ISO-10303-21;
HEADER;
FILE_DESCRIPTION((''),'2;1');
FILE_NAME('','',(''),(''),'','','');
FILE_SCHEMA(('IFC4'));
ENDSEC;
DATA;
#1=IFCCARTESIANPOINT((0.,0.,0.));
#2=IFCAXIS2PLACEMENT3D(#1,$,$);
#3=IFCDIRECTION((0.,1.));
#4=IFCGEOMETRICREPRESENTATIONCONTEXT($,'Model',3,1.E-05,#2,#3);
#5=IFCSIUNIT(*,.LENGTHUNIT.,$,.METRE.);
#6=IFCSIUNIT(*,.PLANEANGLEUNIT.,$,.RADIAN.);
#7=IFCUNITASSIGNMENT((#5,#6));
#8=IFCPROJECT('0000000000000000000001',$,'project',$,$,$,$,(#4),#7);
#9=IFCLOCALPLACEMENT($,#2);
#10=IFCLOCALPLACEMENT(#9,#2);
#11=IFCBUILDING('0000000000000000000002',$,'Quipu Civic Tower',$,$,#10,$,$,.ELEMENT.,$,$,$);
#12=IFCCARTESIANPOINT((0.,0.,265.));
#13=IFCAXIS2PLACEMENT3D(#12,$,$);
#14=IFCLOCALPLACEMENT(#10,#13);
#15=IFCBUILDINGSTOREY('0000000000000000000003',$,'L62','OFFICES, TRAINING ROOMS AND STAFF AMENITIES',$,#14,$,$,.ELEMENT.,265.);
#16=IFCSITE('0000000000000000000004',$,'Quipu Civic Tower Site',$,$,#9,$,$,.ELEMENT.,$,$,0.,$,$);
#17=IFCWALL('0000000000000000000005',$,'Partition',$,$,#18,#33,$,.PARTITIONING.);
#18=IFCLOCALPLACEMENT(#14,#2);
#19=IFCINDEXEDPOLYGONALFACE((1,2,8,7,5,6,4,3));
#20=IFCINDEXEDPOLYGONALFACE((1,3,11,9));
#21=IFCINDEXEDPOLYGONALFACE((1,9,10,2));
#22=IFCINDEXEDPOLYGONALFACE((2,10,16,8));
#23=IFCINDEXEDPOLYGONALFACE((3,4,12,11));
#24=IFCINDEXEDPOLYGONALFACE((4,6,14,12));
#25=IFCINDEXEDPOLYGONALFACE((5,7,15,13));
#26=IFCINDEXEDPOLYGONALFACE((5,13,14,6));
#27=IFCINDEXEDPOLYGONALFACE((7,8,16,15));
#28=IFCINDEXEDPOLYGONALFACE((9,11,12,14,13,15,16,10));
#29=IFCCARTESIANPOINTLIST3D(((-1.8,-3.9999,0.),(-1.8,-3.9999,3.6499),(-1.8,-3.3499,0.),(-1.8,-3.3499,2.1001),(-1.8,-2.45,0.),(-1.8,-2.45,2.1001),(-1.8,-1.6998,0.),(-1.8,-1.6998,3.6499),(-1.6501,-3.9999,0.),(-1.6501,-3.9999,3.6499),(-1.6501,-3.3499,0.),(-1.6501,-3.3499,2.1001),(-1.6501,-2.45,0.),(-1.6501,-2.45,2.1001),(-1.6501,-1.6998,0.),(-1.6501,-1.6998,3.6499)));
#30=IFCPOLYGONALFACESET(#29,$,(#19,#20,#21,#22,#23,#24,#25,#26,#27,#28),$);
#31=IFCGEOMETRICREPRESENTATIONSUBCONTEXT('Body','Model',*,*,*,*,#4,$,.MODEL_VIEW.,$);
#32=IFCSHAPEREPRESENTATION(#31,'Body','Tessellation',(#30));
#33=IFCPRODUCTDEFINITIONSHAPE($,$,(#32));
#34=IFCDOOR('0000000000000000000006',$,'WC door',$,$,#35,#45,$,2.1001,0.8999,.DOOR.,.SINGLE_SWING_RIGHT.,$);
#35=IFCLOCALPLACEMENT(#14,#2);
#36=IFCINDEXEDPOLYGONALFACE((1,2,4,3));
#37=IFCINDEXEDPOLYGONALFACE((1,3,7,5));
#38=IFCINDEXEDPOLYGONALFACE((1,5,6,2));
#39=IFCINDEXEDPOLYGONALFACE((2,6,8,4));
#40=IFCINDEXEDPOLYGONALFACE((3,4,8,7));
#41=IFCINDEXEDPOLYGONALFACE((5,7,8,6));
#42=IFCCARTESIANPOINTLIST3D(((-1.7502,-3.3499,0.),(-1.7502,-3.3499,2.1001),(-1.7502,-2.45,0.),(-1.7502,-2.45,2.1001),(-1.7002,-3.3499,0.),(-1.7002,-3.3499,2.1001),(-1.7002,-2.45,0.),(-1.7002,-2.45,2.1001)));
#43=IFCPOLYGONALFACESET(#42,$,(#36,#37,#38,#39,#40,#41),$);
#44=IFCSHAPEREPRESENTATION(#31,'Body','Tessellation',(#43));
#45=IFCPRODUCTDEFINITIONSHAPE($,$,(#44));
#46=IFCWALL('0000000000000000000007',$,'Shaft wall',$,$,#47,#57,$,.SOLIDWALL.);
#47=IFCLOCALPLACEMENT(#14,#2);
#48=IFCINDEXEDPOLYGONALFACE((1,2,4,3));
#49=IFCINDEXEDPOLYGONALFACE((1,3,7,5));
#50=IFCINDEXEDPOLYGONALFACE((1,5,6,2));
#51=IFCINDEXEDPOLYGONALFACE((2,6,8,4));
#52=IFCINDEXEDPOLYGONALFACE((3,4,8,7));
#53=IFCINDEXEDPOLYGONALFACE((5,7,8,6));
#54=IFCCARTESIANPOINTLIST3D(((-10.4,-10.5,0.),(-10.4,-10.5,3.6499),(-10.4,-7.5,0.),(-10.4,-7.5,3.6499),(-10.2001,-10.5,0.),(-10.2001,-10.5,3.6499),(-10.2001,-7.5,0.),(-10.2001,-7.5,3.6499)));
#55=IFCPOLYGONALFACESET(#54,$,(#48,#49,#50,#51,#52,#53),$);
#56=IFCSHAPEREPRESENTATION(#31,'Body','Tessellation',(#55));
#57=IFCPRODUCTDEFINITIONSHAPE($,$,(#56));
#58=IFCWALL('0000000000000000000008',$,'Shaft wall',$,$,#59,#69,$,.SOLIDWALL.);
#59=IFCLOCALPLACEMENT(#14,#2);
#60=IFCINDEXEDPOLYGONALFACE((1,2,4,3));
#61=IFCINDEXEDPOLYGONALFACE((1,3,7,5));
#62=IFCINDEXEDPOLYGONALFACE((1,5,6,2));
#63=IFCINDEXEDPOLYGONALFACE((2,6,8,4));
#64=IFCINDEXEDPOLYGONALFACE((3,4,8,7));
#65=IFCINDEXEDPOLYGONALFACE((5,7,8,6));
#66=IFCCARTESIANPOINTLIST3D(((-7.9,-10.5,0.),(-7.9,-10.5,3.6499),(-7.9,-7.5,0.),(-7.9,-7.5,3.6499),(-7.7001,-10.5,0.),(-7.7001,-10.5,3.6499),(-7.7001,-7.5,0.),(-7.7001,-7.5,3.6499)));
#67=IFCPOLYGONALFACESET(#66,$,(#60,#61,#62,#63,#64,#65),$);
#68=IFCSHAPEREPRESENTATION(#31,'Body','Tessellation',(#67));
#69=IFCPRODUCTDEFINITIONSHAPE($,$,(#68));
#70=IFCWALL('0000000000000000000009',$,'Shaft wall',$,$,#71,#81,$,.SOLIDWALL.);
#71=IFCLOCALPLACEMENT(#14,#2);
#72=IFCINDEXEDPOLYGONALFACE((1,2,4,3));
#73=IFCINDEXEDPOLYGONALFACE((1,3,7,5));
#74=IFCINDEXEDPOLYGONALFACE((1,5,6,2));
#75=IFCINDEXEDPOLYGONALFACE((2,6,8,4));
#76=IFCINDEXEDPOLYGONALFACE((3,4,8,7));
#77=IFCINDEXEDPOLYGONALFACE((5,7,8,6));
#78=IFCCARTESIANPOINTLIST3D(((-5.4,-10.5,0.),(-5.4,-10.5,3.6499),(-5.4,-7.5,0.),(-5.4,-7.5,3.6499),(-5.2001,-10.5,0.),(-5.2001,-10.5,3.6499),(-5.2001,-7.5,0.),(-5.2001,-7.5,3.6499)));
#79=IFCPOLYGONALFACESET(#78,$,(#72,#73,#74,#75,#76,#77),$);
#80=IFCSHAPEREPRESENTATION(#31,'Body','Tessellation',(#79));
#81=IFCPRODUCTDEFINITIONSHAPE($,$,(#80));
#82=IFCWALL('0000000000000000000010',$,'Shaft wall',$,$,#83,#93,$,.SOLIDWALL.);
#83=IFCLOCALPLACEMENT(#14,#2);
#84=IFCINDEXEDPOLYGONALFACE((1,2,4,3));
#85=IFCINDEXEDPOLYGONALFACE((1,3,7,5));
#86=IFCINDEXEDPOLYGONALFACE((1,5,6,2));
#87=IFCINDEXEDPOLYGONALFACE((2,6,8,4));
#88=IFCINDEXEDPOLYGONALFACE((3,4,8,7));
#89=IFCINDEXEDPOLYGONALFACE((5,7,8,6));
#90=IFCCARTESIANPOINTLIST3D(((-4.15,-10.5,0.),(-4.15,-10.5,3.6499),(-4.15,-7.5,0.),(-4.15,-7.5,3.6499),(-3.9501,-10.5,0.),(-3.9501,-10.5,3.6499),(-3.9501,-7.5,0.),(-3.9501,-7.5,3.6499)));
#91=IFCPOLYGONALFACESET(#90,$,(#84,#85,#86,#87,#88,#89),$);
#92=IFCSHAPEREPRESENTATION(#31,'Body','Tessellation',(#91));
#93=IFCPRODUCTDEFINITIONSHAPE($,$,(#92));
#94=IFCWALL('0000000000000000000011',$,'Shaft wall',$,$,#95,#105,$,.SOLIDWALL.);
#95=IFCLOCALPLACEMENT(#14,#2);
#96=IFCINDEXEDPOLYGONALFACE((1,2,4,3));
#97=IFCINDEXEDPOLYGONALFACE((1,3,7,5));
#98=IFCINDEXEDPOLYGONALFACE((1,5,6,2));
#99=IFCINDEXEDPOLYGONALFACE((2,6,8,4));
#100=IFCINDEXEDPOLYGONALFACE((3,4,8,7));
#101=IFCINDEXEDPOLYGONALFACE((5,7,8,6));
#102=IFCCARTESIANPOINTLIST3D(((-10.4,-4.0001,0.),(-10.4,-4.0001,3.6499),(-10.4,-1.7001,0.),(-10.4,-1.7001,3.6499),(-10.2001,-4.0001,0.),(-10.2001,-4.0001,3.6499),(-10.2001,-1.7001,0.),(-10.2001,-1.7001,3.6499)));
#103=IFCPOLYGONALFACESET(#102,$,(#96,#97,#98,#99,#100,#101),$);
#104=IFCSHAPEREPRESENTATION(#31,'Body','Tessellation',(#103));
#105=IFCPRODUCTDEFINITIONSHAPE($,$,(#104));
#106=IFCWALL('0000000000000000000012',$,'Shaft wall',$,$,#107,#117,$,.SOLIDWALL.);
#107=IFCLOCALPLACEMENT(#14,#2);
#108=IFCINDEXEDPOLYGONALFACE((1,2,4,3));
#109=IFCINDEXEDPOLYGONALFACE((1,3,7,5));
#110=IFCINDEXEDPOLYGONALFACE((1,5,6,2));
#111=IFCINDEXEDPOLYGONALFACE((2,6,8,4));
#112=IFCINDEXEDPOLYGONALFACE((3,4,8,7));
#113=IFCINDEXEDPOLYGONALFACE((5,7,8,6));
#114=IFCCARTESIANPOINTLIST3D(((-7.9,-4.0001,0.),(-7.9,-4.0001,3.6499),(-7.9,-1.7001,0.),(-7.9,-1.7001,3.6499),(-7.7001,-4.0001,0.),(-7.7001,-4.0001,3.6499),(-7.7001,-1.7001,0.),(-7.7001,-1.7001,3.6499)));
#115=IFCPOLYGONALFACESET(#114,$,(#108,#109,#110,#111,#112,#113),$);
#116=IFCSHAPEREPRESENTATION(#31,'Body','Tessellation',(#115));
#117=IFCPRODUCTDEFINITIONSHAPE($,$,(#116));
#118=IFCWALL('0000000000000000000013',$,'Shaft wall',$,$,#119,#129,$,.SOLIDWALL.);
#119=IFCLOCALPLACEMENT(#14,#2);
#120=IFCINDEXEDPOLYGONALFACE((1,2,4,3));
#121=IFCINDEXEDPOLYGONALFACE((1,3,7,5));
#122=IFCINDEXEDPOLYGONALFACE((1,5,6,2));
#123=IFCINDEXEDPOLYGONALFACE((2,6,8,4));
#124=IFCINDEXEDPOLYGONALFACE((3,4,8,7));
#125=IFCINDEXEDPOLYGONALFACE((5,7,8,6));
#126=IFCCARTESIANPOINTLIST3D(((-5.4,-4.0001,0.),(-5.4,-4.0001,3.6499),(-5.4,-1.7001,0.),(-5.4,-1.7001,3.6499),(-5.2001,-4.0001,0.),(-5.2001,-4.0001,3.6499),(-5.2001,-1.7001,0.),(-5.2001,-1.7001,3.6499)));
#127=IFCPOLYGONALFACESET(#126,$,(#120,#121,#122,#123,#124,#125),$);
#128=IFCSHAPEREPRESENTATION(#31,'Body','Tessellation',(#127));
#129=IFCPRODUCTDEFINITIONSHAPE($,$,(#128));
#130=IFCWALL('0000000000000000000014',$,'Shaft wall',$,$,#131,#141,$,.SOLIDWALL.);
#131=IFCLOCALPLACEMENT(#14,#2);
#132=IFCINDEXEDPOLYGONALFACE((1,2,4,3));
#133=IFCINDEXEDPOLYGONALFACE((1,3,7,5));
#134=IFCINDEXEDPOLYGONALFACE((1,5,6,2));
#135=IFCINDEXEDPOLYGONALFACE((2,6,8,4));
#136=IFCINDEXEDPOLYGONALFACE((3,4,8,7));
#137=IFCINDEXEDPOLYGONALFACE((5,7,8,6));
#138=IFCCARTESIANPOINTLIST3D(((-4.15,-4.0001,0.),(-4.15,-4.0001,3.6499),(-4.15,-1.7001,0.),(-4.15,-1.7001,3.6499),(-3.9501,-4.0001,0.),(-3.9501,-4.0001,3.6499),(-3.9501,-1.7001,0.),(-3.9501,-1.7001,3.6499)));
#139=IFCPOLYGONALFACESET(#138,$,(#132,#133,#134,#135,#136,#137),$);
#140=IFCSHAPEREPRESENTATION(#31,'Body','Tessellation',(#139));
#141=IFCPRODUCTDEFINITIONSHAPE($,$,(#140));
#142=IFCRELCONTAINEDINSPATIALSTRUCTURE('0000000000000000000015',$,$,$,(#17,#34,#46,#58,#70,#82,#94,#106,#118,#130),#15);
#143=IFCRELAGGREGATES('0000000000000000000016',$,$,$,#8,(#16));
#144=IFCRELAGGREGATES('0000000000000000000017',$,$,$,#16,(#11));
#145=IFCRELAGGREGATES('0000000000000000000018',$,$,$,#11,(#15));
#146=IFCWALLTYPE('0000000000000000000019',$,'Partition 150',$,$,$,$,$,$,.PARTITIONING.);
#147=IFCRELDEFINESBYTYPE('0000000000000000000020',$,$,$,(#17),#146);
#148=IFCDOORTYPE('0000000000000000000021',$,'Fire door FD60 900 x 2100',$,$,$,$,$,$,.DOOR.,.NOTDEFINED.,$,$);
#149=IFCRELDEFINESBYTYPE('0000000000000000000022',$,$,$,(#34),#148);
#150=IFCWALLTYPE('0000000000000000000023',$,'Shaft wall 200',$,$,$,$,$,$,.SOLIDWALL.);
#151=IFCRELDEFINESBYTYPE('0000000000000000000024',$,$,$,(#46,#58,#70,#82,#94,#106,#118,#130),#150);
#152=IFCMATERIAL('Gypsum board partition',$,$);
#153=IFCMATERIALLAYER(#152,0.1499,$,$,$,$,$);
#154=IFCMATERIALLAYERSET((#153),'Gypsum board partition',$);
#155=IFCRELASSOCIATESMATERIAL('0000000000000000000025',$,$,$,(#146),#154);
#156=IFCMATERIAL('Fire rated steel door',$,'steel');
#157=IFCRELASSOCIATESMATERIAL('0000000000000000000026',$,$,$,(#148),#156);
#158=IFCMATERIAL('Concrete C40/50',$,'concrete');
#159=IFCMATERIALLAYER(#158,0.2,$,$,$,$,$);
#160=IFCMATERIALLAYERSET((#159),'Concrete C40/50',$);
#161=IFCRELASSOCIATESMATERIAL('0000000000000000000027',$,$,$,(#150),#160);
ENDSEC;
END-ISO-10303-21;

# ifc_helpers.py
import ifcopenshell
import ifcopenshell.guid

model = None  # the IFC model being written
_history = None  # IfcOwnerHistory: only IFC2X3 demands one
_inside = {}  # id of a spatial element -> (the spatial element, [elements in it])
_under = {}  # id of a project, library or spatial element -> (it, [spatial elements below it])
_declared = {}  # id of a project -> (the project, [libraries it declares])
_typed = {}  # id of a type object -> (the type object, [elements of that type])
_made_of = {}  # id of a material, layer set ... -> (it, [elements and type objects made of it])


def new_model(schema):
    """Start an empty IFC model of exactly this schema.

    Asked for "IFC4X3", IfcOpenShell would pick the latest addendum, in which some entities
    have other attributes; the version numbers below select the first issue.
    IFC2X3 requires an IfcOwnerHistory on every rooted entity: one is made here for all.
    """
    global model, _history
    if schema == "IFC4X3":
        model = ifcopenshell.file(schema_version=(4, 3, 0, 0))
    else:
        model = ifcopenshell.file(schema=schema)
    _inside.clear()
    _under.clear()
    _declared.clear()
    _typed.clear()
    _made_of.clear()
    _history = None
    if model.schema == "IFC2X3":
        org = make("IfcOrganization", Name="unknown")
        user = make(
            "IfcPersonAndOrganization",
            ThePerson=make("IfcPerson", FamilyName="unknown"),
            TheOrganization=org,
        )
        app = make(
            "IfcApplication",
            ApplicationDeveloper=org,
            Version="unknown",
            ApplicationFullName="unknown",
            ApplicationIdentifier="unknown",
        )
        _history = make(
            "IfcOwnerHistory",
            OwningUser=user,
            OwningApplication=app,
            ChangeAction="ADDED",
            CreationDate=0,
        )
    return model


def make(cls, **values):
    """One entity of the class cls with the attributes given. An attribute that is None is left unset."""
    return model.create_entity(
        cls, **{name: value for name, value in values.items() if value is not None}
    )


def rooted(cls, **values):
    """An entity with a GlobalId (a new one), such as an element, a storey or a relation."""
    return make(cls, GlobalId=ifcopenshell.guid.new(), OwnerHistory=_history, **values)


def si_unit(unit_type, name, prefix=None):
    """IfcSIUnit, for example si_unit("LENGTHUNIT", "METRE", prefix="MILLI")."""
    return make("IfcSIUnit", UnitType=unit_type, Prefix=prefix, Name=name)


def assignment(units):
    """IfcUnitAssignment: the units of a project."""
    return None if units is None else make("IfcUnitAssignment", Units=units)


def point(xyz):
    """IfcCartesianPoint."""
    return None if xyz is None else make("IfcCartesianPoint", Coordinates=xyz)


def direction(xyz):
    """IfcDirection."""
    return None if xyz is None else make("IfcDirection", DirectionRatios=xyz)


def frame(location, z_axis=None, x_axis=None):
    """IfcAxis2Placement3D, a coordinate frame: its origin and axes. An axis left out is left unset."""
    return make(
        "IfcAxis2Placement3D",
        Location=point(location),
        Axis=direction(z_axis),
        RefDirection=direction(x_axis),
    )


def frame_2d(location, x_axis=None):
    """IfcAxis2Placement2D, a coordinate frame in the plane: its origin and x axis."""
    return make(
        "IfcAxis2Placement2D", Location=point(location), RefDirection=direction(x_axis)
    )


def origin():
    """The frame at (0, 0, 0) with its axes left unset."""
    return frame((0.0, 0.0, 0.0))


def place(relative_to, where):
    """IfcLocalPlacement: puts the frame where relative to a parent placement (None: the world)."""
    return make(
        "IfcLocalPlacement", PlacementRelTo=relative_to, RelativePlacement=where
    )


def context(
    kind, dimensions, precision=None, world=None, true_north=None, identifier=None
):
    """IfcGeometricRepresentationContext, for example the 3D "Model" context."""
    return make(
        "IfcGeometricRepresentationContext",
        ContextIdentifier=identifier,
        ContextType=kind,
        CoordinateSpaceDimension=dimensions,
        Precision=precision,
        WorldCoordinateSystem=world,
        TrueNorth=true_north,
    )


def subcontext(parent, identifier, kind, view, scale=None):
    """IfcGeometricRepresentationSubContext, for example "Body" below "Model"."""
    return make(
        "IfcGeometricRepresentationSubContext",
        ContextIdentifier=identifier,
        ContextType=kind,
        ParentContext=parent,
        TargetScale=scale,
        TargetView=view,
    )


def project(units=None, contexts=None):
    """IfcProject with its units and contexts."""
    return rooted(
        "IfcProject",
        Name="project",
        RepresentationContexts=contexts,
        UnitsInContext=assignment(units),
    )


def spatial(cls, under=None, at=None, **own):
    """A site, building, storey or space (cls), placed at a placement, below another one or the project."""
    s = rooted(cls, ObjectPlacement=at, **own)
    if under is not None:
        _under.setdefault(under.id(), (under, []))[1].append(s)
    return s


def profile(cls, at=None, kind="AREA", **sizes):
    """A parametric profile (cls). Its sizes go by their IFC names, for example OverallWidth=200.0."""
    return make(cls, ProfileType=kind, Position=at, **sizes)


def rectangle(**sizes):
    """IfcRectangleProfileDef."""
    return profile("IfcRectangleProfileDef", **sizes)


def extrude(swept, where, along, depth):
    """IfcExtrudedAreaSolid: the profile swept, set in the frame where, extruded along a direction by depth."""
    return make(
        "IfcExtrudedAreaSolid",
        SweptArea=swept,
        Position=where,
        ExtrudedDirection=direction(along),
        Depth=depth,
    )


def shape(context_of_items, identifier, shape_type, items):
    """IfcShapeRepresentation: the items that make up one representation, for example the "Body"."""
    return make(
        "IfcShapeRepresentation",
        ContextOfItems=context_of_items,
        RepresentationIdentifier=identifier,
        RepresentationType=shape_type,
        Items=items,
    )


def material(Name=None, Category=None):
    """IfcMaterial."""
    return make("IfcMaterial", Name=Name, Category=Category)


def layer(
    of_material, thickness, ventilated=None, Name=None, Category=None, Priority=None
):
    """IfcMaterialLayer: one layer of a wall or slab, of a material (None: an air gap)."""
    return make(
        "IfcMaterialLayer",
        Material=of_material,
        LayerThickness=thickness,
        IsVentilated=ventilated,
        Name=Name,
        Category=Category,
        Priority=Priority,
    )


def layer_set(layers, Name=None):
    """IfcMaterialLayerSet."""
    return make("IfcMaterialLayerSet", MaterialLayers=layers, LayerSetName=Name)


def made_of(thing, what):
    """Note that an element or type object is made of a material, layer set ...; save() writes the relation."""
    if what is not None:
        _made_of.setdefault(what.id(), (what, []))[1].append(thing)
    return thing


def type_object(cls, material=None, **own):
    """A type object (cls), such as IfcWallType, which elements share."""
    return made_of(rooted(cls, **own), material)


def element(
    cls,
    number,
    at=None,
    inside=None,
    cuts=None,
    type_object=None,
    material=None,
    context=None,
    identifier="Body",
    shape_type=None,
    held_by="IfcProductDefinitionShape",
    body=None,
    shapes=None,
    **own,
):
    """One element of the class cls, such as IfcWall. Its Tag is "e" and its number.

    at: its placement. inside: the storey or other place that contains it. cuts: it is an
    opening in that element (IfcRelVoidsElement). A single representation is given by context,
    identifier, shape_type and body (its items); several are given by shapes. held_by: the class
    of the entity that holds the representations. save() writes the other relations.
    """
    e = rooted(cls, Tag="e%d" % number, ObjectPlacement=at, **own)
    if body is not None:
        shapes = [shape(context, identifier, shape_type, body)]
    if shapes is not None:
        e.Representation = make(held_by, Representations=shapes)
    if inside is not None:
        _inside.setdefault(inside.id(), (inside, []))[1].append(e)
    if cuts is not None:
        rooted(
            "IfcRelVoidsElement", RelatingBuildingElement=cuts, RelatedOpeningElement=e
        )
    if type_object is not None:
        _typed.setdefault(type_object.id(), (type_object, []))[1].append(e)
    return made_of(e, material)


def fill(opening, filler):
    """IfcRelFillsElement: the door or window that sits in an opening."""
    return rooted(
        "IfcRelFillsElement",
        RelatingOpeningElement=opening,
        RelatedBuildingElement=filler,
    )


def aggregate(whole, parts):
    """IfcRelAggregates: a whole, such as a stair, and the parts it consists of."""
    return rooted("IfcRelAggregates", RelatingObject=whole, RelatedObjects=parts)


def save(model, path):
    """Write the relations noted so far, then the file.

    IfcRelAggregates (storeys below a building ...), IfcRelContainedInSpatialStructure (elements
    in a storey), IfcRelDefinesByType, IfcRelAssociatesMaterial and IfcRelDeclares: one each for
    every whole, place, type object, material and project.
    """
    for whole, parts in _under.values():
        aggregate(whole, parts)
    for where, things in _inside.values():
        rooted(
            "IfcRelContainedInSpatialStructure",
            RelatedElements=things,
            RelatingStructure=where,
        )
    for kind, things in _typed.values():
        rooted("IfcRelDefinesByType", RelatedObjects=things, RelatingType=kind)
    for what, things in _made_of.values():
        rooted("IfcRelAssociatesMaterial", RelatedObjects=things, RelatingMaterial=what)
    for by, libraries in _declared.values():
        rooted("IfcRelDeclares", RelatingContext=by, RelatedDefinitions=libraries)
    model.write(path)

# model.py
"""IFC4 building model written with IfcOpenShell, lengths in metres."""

from ifc_helpers import new_model, si_unit, direction, frame, frame_2d, origin, place, context, subcontext, project, spatial, rectangle, extrude, material, layer, layer_set, type_object, element, fill, save


model = new_model("IFC4")

# Units and contexts
model_context = context("Model", 3, precision=1e-05, world=origin(), true_north=direction((0.0, 1.0)))
body_context = subcontext(model_context, "Body", "Model", "MODEL_VIEW")
ifc_project = project(units=[si_unit("LENGTHUNIT", "METRE"), si_unit("PLANEANGLEUNIT", "RADIAN")], contexts=[model_context])

# Site, building, storey
site_placement = place(None, origin())
site = spatial("IfcSite", under=ifc_project, at=site_placement, Name="Quipu Civic Tower Site", CompositionType="ELEMENT", RefElevation=0.0)
building_placement = place(site_placement, origin())
building = spatial("IfcBuilding", under=site, at=building_placement, Name="Quipu Civic Tower", CompositionType="ELEMENT")
storey_placement = place(building_placement, frame((0.0, 0.0, 265.0)))
storey = spatial("IfcBuildingStorey", under=building, at=storey_placement, Name="L62", Description="OFFICES, TRAINING ROOMS AND STAFF AMENITIES", CompositionType="ELEMENT", Elevation=265.0)

# Shared definitions
ifc_material_1 = material(Name="Gypsum board partition")
ifc_layer_1 = layer(ifc_material_1, 0.1499)
ifc_layer_set_1 = layer_set([ifc_layer_1], Name="Gypsum board partition")
wall_type_1 = type_object("IfcWallType", Name="Partition 150", PredefinedType="PARTITIONING", material=ifc_layer_set_1)

# Wall, opening, door
wall_1_placement = place(storey_placement, frame((-1.7251, -1.7, 0.0), z_axis=(0.0, 0.0, 1.0), x_axis=(0.0, -1.0, 0.0)))
wall_1 = element("IfcWall", 1, at=wall_1_placement, inside=storey, type_object=wall_type_1, Name="Partition", PredefinedType="PARTITIONING", context=body_context, shape_type="SweptSolid", body=[
    extrude(rectangle(XDim=2.3, YDim=0.1499, at=frame_2d((1.1499, 0.0))), origin(), (0.0, 0.0, 1.0), 3.6499),
])
opening_1_placement = place(wall_1_placement, frame((0.75, 0.0, 0.0)))
opening_1 = element("IfcOpeningElement", 2, at=opening_1_placement, cuts=wall_1, PredefinedType="OPENING", context=body_context, shape_type="SweptSolid", body=[
    extrude(rectangle(XDim=0.8999, YDim=2.1001, at=frame_2d((0.45, 1.05))), frame((0.0, 0.085, 0.0), z_axis=(0.0, -1.0, 0.0), x_axis=(1.0, 0.0, 0.0)), (0.0, 0.0, 1.0), 0.1699),
])
ifc_material_2 = material(Name="Fire rated steel door", Category="steel")
door_type_1 = type_object("IfcDoorType", Name="Fire door FD60 900 x 2100", OperationType="NOTDEFINED", PredefinedType="DOOR", material=ifc_material_2)
door_1_placement = place(opening_1_placement, origin())
door_1 = element("IfcDoor", 3, at=door_1_placement, inside=storey, type_object=door_type_1, Name="WC door", OperationType="SINGLE_SWING_RIGHT", OverallHeight=2.1001, OverallWidth=0.8999, PredefinedType="DOOR", context=body_context, shape_type="SweptSolid", body=[
    extrude(rectangle(XDim=0.8999, YDim=2.1001, at=frame_2d((0.45, 1.05))), frame((0.0, 0.0249, 0.0), z_axis=(0.0, -1.0, 0.0), x_axis=(1.0, 0.0, 0.0)), (0.0, 0.0, 1.0), 0.05),
])
fill(opening_1, door_1)

# Walls
ifc_material_3 = material(Name="Concrete C40/50", Category="concrete")
ifc_layer_2 = layer(ifc_material_3, 0.2)
ifc_layer_set_2 = layer_set([ifc_layer_2], Name="Concrete C40/50")
wall_type_2 = type_object("IfcWallType", Name="Shaft wall 200", PredefinedType="SOLIDWALL", material=ifc_layer_set_2)
for number, where, z_axis, x_axis, name in (
    (4, (-10.3, -10.5, 0.0), (0.0, 0.0, 1.0), (0.0, 1.0, 0.0), "Shaft wall"),
    (5, (-7.8, -10.5, 0.0), (0.0, 0.0, 1.0), (0.0, 1.0, 0.0), "Shaft wall"),
    (6, (-5.3, -10.5, 0.0), (0.0, 0.0, 1.0), (0.0, 1.0, 0.0), "Shaft wall"),
    (7, (-4.05, -10.5, 0.0), (0.0, 0.0, 1.0), (0.0, 1.0, 0.0), "Shaft wall"),
):
    element("IfcWall", number, at=place(storey_placement, frame(where, z_axis=z_axis, x_axis=x_axis)), inside=storey, type_object=wall_type_2, Name=name, PredefinedType="SOLIDWALL", context=body_context, shape_type="SweptSolid", body=[
        extrude(rectangle(XDim=3.0, YDim=0.2, at=frame_2d((1.5, 0.0))), origin(), (0.0, 0.0, 1.0), 3.6499),
    ])
for number, where, z_axis, x_axis, name in (
    (8, (-10.3, -4.0, 0.0), (0.0, 0.0, 1.0), (0.0, 1.0, 0.0), "Shaft wall"),
    (9, (-7.8, -4.0, 0.0), (0.0, 0.0, 1.0), (0.0, 1.0, 0.0), "Shaft wall"),
    (10, (-5.3, -4.0, 0.0), (0.0, 0.0, 1.0), (0.0, 1.0, 0.0), "Shaft wall"),
    (11, (-4.05, -4.0, 0.0), (0.0, 0.0, 1.0), (0.0, 1.0, 0.0), "Shaft wall"),
):
    element("IfcWall", number, at=place(storey_placement, frame(where, z_axis=z_axis, x_axis=x_axis)), inside=storey, type_object=wall_type_2, Name=name, PredefinedType="SOLIDWALL", context=body_context, shape_type="SweptSolid", body=[
        extrude(rectangle(XDim=2.3, YDim=0.2, at=frame_2d((1.1499, 0.0))), origin(), (0.0, 0.0, 1.0), 3.6499),
    ])

save(model, "model.ifc")
